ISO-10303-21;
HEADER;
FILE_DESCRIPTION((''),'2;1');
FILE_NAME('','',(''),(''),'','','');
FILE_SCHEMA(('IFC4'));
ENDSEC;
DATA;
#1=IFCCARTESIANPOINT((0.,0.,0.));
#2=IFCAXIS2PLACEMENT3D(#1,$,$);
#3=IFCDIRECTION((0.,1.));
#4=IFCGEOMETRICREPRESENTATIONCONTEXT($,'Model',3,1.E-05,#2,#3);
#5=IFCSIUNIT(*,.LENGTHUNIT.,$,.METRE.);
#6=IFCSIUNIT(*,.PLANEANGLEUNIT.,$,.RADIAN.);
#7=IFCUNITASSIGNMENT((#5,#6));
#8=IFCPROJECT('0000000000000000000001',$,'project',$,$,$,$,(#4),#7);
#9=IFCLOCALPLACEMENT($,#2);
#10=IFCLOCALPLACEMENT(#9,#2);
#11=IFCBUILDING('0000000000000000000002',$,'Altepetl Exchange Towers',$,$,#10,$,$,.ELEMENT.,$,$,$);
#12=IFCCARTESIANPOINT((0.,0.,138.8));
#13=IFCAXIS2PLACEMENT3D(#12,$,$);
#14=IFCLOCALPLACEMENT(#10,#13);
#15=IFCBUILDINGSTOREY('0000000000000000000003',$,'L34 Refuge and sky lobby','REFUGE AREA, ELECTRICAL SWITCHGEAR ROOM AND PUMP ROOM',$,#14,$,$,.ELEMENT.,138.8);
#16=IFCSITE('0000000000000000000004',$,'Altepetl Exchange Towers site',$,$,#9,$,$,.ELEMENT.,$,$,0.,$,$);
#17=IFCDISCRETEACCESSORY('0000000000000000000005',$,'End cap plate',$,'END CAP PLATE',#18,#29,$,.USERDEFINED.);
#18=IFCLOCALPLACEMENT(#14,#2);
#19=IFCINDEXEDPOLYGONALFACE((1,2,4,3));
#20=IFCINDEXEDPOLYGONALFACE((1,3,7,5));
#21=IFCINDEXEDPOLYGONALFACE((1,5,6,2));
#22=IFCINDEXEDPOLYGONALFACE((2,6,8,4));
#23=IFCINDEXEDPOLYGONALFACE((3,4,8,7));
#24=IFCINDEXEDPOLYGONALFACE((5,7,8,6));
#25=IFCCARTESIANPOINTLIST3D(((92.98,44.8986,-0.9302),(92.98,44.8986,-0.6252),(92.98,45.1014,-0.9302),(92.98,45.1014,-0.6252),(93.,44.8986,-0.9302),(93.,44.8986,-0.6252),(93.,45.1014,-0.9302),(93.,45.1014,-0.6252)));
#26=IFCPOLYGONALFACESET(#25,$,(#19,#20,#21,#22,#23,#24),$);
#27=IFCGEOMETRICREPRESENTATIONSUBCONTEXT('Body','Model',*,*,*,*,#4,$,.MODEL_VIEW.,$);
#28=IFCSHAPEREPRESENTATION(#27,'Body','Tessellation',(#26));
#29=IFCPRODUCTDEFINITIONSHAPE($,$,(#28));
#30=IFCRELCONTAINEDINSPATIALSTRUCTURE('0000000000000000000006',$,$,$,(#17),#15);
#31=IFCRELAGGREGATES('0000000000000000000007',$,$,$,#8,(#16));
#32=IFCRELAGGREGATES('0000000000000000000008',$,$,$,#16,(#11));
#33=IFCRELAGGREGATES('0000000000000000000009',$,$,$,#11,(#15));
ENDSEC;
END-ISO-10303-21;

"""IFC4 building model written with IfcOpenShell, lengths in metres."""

from ifc_helpers import new_model, si_unit, direction, frame, origin, origin_2d, place, context, subcontext, project, spatial, rectangle, extrude, element, save


model = new_model("IFC4")

# Units and contexts
model_context = context("Model", 3, precision=1e-05, world=origin(), true_north=direction((0.0, 1.0)))
body_context = subcontext(model_context, "Body", "Model", "MODEL_VIEW")
ifc_project = project(units=[si_unit("LENGTHUNIT", "METRE"), si_unit("PLANEANGLEUNIT", "RADIAN")], contexts=[model_context])

# Site, building, storey
site_placement = place(None, origin())
site = spatial("IfcSite", under=ifc_project, at=site_placement, Name="Altepetl Exchange Towers site", CompositionType="ELEMENT", RefElevation=0.0)
building_placement = place(site_placement, origin())
building = spatial("IfcBuilding", under=site, at=building_placement, Name="Altepetl Exchange Towers", CompositionType="ELEMENT")
storey_placement = place(building_placement, frame((0.0, 0.0, 138.8)))
storey = spatial("IfcBuildingStorey", under=building, at=storey_placement, Name="L34 Refuge and sky lobby", Description="REFUGE AREA, ELECTRICAL SWITCHGEAR ROOM AND PUMP ROOM", CompositionType="ELEMENT", Elevation=138.8)

# Discrete accessory
discrete_accessory_1_placement = place(storey_placement, frame((92.99, 45.0, -0.9302), z_axis=(0.0, 0.0, 1.0), x_axis=(-1.0, 0.0, 0.0)))
element("IfcDiscreteAccessory", 1, at=discrete_accessory_1_placement, inside=storey, Name="End cap plate", ObjectType="END CAP PLATE", PredefinedType="USERDEFINED", context=body_context, shape_type="SweptSolid", body=[
    extrude(rectangle(XDim=0.02, YDim=0.2029, at=origin_2d()), origin(), (0.0, 0.0, 1.0), 0.3049),
])

save(model, "model.ifc")
